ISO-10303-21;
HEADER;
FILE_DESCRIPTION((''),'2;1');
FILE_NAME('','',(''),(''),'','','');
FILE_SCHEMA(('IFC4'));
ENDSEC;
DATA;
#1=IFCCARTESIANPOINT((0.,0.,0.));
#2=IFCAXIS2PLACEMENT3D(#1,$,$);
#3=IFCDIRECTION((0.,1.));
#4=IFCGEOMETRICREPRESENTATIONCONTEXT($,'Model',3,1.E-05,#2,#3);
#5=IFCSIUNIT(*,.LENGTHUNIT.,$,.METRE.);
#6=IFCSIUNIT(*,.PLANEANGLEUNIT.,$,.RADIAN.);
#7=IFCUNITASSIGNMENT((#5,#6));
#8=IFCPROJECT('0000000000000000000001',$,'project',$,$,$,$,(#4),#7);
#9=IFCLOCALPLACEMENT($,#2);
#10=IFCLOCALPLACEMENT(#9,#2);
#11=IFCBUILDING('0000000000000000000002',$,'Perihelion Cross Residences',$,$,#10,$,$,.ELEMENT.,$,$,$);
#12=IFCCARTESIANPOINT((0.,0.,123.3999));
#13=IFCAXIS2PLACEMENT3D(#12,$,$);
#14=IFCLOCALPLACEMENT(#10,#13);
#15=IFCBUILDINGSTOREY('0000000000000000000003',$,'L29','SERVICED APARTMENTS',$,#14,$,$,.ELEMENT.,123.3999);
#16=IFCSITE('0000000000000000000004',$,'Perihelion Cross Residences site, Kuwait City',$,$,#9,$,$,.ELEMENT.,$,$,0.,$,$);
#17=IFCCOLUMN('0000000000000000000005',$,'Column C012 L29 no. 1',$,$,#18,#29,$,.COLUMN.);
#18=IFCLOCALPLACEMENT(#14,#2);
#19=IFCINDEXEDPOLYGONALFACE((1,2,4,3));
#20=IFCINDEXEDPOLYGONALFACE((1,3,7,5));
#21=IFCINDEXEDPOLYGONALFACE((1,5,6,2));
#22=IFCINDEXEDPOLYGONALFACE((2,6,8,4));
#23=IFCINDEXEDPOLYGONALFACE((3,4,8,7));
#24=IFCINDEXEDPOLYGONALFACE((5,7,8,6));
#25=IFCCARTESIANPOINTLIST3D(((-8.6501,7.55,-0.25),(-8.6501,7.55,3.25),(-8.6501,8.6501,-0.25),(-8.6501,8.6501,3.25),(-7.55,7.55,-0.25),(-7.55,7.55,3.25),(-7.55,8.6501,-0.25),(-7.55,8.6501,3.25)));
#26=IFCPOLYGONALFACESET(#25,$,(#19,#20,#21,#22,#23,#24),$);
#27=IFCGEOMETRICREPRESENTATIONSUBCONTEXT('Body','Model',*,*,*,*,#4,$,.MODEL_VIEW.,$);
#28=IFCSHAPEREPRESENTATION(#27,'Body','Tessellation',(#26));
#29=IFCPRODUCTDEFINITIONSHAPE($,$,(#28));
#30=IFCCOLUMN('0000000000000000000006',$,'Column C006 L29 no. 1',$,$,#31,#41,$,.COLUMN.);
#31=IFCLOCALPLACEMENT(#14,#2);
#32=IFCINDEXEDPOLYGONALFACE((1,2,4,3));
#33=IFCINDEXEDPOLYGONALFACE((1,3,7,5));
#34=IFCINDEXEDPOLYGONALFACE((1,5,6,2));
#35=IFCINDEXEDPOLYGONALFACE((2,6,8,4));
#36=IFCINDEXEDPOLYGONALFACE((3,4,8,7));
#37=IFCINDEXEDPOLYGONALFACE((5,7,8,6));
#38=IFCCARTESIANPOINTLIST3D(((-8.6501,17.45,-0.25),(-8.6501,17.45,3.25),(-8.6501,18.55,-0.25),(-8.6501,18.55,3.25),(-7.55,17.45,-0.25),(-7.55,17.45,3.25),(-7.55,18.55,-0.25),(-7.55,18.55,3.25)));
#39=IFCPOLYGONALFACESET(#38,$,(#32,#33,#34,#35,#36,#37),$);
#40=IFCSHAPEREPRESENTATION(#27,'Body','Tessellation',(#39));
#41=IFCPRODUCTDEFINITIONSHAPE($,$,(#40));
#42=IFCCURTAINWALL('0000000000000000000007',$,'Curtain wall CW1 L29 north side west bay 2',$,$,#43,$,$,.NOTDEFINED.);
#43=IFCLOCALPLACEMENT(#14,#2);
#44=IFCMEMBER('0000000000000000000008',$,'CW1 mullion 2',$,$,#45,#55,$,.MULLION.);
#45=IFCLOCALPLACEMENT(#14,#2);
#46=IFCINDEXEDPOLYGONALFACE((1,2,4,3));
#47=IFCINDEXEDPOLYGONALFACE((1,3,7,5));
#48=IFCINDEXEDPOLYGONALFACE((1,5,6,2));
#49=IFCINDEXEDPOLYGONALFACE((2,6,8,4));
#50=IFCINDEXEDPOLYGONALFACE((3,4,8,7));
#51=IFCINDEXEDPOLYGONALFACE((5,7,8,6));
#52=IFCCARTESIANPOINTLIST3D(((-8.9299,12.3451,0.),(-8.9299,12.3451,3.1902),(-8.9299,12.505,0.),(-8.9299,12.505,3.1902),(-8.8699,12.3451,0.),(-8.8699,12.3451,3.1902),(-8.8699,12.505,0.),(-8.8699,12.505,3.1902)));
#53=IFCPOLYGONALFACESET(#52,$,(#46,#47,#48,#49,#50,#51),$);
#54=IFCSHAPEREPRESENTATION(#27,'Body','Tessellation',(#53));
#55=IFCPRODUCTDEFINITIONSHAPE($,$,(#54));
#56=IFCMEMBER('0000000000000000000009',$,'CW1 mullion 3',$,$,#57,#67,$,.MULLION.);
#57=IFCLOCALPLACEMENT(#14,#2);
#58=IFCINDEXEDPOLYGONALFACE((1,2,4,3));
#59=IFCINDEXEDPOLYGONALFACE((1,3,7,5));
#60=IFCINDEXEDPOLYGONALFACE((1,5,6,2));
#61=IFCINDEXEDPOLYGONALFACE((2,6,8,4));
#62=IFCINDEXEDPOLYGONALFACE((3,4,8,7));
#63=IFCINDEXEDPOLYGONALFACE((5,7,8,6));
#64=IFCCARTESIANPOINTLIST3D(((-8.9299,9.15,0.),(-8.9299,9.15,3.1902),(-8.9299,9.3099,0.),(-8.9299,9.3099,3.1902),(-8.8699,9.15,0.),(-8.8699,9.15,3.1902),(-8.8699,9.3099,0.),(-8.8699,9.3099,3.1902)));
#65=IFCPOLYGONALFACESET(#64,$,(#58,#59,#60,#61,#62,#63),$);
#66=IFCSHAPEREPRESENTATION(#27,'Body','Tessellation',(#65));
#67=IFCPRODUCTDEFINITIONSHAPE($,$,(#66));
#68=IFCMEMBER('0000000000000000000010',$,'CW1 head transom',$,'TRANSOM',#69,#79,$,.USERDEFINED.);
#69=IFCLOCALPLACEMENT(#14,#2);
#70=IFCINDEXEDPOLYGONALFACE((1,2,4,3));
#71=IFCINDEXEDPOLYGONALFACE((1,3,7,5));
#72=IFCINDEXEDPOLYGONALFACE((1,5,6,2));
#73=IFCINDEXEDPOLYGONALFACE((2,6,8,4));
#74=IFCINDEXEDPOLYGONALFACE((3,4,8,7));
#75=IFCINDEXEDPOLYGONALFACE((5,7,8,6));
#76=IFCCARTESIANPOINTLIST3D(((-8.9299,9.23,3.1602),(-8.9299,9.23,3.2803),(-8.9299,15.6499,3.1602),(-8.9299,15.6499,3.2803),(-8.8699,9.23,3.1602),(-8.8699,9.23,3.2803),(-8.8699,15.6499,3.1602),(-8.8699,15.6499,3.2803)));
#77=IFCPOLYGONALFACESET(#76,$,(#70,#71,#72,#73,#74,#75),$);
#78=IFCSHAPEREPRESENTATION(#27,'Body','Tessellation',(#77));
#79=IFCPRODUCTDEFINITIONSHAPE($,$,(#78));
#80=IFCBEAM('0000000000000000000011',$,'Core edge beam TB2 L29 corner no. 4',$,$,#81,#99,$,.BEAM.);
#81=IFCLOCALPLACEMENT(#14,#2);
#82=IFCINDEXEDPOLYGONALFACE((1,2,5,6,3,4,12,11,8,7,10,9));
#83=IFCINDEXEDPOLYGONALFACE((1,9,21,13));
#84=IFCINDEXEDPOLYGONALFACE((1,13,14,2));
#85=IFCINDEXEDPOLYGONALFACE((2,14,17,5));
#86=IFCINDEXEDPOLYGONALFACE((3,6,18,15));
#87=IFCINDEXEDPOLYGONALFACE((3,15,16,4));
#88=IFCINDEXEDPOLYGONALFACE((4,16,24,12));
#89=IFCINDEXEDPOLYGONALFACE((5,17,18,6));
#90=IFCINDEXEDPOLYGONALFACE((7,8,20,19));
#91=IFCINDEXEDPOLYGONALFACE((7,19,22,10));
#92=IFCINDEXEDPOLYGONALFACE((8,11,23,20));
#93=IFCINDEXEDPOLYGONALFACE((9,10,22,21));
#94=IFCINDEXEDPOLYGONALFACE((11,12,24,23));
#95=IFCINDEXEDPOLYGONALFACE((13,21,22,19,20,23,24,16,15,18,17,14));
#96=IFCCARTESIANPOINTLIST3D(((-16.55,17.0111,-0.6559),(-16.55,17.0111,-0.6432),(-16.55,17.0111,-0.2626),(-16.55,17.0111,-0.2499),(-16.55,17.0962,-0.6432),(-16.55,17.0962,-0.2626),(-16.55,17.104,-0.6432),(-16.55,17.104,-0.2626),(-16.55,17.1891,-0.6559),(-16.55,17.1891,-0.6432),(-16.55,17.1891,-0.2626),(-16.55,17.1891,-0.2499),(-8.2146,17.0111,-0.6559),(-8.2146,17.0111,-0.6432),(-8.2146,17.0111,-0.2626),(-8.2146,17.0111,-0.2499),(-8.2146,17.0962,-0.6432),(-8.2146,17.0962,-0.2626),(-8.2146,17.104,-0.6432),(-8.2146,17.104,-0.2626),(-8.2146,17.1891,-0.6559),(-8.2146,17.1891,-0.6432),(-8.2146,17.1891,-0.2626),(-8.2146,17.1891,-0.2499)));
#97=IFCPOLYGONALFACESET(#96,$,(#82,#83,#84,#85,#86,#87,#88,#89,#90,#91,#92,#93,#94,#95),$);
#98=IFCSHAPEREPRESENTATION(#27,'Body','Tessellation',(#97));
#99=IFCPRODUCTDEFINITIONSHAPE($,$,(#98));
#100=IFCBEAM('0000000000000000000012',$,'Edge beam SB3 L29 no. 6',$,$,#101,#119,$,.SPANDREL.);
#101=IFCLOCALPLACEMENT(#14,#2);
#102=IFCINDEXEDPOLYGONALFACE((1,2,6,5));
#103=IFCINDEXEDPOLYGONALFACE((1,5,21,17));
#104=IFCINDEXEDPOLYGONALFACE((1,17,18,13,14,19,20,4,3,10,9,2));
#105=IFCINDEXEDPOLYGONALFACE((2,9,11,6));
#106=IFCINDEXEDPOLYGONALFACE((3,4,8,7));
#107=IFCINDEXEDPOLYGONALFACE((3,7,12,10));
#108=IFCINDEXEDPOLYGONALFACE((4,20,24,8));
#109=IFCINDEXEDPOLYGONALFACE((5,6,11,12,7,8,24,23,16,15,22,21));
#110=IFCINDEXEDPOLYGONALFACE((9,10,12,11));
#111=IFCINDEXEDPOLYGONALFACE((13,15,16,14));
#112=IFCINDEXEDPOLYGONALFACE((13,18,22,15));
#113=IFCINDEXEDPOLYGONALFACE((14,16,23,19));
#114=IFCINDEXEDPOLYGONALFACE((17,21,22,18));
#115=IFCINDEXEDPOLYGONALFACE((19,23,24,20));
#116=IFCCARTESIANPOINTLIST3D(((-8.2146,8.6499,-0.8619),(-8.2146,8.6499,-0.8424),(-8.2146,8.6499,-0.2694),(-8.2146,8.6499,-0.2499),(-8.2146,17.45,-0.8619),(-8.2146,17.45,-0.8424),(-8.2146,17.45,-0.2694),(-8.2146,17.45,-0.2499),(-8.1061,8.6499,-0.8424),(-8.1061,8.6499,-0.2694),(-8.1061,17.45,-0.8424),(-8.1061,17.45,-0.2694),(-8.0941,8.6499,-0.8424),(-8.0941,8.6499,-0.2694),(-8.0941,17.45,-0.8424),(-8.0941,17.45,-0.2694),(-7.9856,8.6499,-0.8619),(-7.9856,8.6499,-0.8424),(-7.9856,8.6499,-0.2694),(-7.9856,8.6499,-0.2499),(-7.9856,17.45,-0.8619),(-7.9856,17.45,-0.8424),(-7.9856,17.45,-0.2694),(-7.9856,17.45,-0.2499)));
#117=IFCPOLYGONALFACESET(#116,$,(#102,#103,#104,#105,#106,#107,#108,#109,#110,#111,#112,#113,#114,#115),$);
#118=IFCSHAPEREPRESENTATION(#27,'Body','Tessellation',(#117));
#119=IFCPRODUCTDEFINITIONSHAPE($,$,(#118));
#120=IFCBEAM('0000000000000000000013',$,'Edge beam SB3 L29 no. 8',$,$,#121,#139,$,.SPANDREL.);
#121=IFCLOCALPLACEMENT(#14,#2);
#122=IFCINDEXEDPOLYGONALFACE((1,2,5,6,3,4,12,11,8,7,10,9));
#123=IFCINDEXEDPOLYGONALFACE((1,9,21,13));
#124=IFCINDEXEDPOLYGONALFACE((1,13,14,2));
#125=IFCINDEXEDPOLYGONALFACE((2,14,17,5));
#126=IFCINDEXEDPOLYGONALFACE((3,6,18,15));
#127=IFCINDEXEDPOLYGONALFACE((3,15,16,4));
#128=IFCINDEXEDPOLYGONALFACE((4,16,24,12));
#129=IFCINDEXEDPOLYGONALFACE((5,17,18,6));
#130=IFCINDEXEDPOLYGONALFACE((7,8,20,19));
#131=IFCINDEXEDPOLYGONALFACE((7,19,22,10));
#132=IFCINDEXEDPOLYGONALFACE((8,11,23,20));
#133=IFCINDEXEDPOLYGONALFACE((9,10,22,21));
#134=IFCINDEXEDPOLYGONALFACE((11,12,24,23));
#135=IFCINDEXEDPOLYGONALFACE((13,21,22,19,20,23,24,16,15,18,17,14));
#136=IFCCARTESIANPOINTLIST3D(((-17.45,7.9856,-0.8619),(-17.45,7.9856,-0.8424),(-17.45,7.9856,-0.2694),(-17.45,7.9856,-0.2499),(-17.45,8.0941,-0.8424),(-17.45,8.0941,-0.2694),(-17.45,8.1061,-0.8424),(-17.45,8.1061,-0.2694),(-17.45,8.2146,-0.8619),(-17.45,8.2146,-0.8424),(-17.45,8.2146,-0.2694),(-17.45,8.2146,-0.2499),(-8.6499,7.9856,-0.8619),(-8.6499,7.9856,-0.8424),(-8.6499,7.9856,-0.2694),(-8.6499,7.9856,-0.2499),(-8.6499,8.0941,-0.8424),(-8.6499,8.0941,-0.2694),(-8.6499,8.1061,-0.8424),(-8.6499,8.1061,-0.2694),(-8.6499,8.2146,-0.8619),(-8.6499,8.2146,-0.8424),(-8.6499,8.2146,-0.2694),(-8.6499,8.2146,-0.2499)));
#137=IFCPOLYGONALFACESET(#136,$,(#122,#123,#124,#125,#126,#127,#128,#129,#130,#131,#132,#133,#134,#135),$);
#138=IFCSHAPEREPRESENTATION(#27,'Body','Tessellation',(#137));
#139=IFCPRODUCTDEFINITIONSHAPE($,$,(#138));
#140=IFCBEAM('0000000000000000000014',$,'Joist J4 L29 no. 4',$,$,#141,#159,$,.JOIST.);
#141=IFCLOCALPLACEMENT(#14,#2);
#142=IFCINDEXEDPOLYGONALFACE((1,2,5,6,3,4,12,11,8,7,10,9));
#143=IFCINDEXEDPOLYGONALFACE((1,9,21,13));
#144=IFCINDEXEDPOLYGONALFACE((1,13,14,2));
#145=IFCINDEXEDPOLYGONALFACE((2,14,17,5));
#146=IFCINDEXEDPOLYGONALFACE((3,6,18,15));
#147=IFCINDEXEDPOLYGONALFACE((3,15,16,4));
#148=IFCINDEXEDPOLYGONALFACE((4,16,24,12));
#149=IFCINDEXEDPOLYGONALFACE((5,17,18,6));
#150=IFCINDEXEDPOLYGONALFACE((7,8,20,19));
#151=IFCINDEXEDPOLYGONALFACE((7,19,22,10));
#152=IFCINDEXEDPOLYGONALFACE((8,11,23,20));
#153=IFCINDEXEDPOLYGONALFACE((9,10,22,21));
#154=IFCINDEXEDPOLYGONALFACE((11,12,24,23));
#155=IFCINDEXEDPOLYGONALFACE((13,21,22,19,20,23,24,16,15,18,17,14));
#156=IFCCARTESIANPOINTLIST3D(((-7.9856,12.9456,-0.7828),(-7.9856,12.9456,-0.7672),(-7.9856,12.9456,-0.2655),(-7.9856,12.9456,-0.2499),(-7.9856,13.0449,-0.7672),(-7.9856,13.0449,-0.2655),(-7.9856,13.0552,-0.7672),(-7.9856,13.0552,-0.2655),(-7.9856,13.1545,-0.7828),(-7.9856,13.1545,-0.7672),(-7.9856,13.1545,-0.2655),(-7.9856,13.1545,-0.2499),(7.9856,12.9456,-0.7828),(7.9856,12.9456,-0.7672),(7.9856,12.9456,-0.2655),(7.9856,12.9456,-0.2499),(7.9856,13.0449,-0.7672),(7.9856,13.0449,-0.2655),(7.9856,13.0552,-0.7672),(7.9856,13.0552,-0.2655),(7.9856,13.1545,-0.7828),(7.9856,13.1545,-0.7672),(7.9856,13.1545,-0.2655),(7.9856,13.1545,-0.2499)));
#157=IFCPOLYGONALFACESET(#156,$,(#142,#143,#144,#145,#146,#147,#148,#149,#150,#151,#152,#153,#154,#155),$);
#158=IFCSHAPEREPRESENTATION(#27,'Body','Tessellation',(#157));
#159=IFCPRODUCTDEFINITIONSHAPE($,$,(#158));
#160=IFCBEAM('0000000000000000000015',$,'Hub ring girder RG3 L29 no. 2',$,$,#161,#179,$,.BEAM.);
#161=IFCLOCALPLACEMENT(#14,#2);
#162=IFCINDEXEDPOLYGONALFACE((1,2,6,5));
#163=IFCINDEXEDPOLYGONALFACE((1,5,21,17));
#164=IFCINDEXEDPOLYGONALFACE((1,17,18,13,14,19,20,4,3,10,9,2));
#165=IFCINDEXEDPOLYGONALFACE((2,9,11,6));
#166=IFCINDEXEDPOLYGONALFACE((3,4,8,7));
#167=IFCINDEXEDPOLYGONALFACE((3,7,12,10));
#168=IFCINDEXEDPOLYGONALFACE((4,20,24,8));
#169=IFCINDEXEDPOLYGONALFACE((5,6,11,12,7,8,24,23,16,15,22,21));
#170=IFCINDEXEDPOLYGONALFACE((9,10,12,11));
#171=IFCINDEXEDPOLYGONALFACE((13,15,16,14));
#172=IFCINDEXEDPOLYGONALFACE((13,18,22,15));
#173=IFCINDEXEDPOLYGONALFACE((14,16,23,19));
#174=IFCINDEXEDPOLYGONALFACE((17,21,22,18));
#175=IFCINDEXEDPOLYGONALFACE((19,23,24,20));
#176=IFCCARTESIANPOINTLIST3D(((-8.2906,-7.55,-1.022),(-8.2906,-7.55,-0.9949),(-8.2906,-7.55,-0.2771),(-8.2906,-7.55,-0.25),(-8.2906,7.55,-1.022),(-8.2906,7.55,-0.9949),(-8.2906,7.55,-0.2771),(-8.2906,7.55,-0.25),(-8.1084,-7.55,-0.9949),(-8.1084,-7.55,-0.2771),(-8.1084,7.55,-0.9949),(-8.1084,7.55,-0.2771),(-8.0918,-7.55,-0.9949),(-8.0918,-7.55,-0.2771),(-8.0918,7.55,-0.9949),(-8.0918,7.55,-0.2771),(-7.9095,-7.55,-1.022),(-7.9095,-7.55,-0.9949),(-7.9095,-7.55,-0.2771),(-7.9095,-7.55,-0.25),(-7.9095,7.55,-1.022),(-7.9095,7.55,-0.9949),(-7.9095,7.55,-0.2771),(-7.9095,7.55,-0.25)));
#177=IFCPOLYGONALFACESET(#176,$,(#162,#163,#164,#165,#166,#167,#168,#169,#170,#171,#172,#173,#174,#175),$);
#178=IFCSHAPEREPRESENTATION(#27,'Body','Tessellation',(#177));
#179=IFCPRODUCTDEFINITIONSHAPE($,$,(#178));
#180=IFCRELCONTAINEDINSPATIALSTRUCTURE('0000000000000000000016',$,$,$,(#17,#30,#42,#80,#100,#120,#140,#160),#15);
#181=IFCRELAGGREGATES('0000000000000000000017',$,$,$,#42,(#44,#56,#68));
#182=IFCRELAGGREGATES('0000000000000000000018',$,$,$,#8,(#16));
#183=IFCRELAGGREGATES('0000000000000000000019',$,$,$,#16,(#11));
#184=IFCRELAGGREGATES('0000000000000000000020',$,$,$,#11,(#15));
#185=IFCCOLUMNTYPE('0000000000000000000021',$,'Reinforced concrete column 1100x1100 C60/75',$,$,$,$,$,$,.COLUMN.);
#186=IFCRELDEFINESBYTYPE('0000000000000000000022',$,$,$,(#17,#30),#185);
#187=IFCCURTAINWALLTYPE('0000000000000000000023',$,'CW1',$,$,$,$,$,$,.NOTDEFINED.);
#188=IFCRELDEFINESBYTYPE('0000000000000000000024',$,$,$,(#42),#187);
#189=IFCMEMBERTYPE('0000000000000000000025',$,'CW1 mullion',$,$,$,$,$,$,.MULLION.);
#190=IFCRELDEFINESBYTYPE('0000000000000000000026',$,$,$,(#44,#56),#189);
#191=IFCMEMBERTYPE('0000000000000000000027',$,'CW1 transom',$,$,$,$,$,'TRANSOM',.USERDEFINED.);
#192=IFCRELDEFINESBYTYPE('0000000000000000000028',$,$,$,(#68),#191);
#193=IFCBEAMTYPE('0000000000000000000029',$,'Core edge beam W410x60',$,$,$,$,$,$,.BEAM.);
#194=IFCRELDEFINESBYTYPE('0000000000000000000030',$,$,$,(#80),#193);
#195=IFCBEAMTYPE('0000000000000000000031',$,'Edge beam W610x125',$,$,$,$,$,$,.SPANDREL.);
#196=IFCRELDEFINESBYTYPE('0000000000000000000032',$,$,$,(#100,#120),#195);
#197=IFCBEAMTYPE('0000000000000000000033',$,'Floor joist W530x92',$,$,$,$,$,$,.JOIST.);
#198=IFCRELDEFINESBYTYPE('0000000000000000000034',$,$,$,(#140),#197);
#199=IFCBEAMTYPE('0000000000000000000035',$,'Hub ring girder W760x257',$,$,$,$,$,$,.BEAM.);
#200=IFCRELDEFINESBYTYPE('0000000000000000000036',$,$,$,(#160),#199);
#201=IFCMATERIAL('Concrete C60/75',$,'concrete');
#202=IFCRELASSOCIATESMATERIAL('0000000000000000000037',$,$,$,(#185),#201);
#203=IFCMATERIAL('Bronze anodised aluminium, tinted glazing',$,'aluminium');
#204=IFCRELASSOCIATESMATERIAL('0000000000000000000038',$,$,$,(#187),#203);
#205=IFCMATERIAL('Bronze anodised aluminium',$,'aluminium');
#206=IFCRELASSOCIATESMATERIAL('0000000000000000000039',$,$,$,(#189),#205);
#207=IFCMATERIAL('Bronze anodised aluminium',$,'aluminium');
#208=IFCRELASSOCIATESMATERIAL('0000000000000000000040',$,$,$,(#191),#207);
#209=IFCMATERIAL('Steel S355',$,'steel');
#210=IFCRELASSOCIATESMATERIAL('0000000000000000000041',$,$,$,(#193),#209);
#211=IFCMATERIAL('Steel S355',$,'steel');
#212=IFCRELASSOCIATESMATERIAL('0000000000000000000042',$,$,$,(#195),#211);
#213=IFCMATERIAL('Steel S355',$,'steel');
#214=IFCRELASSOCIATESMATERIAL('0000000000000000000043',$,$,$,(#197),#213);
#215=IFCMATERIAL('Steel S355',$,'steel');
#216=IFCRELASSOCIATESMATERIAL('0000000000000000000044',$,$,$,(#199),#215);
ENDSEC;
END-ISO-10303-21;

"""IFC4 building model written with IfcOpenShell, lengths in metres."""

from ifc_helpers import new_model, si_unit, direction, frame, origin, origin_2d, place, context, subcontext, project, spatial, rectangle, i_section, extrude, material, material_profile, profile_set, type_object, element, aggregate, save


model = new_model("IFC4")

# Units and contexts
model_context = context("Model", 3, precision=1e-05, world=origin(), true_north=direction((0.0, 1.0)))
body_context = subcontext(model_context, "Body", "Model", "MODEL_VIEW")
ifc_project = project(units=[si_unit("LENGTHUNIT", "METRE"), si_unit("PLANEANGLEUNIT", "RADIAN")], contexts=[model_context])

# Site, building, storey
site_placement = place(None, origin())
site = spatial("IfcSite", under=ifc_project, at=site_placement, Name="Perihelion Cross Residences site, Kuwait City", CompositionType="ELEMENT", RefElevation=0.0)
building_placement = place(site_placement, origin())
building = spatial("IfcBuilding", under=site, at=building_placement, Name="Perihelion Cross Residences", CompositionType="ELEMENT")
storey_placement = place(building_placement, frame((0.0, 0.0, 123.3999)))
storey = spatial("IfcBuildingStorey", under=building, at=storey_placement, Name="L29", Description="SERVICED APARTMENTS", CompositionType="ELEMENT", Elevation=123.3999)

# Columns
ifc_material_1 = material(Name="Concrete C60/75", Category="concrete")
ifc_material_profile_1 = material_profile(ifc_material_1, rectangle(XDim=1.1001, YDim=1.1001, at=origin_2d()), Name="RC 1100x1100")
ifc_profile_set_1 = profile_set([ifc_material_profile_1], Name="Concrete C60/75")
column_type = type_object("IfcColumnType", Name="Reinforced concrete column 1100x1100 C60/75", PredefinedType="COLUMN", material=ifc_profile_set_1)
for number, where, z_axis, x_axis, name in (
    (1, (-8.1001, 8.1001, -0.25), (0.0, 0.0, 1.0), (1.0, 0.0, 0.0), "Column C012 L29 no. 1"),
    (2, (-8.1001, 18.0, -0.25), (0.0, 0.0, 1.0), (1.0, 0.0, 0.0), "Column C006 L29 no. 1"),
):
    element("IfcColumn", number, at=place(storey_placement, frame(where, z_axis=z_axis, x_axis=x_axis)), inside=storey, type_object=column_type, Name=name, PredefinedType="COLUMN", context=body_context, shape_type="SweptSolid", body=[
        extrude(rectangle(XDim=1.1001, YDim=1.1001, at=origin_2d()), origin(), (0.0, 0.0, 1.0), 3.5),
    ])

# Curtain wall, members
ifc_material_2 = material(Name="Bronze anodised aluminium, tinted glazing", Category="aluminium")
curtain_wall_type = type_object("IfcCurtainWallType", Name="CW1", PredefinedType="NOTDEFINED", material=ifc_material_2)
curtain_wall_placement = place(storey_placement, origin())
curtain_wall = element("IfcCurtainWall", 3, at=curtain_wall_placement, inside=storey, type_object=curtain_wall_type, Name="Curtain wall CW1 L29 north side west bay 2", PredefinedType="NOTDEFINED")
ifc_material_3 = material(Name="Bronze anodised aluminium", Category="aluminium")
ifc_material_profile_2 = material_profile(ifc_material_3, rectangle(XDim=0.0601, YDim=0.1599, at=origin_2d()), Name="CW1 mullion")
ifc_profile_set_2 = profile_set([ifc_material_profile_2], Name="Bronze anodised aluminium")
member_type_1 = type_object("IfcMemberType", Name="CW1 mullion", PredefinedType="MULLION", material=ifc_profile_set_2)
member_1_placement = place(storey_placement, frame((-8.8999, 12.425, 0.0), z_axis=(0.0, 0.0, 1.0), x_axis=(1.0, 0.0, 0.0)))
member_1 = element("IfcMember", 4, at=member_1_placement, type_object=member_type_1, Name="CW1 mullion 2", PredefinedType="MULLION", context=body_context, shape_type="SweptSolid", body=[
    extrude(rectangle(XDim=0.0601, YDim=0.1599, at=origin_2d()), origin(), (0.0, 0.0, 1.0), 3.1902),
])
member_2_placement = place(storey_placement, frame((-8.8999, 9.23, 0.0), z_axis=(0.0, 0.0, 1.0), x_axis=(1.0, 0.0, 0.0)))
member_2 = element("IfcMember", 5, at=member_2_placement, type_object=member_type_1, Name="CW1 mullion 3", PredefinedType="MULLION", context=body_context, shape_type="SweptSolid", body=[
    extrude(rectangle(XDim=0.0601, YDim=0.1599, at=origin_2d()), origin(), (0.0, 0.0, 1.0), 3.1902),
])
ifc_material_4 = material(Name="Bronze anodised aluminium", Category="aluminium")
ifc_material_profile_3 = material_profile(ifc_material_4, rectangle(XDim=0.0601, YDim=0.1201, at=origin_2d()), Name="CW1 transom")
ifc_profile_set_3 = profile_set([ifc_material_profile_3], Name="Bronze anodised aluminium")
member_type_2 = type_object("IfcMemberType", Name="CW1 transom", ElementType="TRANSOM", PredefinedType="USERDEFINED", material=ifc_profile_set_3)
member_3_placement = place(storey_placement, frame((-8.8999, 15.6499, 3.2202), z_axis=(0.0, -1.0, 0.0), x_axis=(1.0, 0.0, 0.0)))
member_3 = element("IfcMember", 6, at=member_3_placement, type_object=member_type_2, Name="CW1 head transom", ObjectType="TRANSOM", PredefinedType="USERDEFINED", context=body_context, shape_type="SweptSolid", body=[
    extrude(rectangle(XDim=0.0601, YDim=0.1201, at=origin_2d()), origin(), (0.0, 0.0, 1.0), 6.4199),
])

# Beams
ifc_material_5 = material(Name="Steel S355", Category="steel")
ifc_material_profile_4 = material_profile(ifc_material_5, i_section(OverallWidth=0.178, OverallDepth=0.406, WebThickness=0.0078, FlangeThickness=0.0127, at=origin_2d()), Name="W410x60")
ifc_profile_set_4 = profile_set([ifc_material_profile_4], Name="Steel S355")
beam_type_1 = type_object("IfcBeamType", Name="Core edge beam W410x60", PredefinedType="BEAM", material=ifc_profile_set_4)
beam_1_placement = place(storey_placement, frame((-8.2146, 17.1001, -0.4529), z_axis=(-1.0, 0.0, 0.0), x_axis=(0.0, -1.0, 0.0)))
element("IfcBeam", 7, at=beam_1_placement, inside=storey, type_object=beam_type_1, Name="Core edge beam TB2 L29 corner no. 4", PredefinedType="BEAM", context=body_context, shape_type="SweptSolid", body=[
    extrude(i_section(OverallWidth=0.178, OverallDepth=0.406, WebThickness=0.0078, FlangeThickness=0.0127, at=origin_2d()), origin(), (0.0, 0.0, 1.0), 8.3354),
])
ifc_material_6 = material(Name="Steel S355", Category="steel")
ifc_material_profile_5 = material_profile(ifc_material_6, i_section(OverallWidth=0.229, OverallDepth=0.6121, WebThickness=0.012, FlangeThickness=0.0195, at=origin_2d()), Name="W610x125")
ifc_profile_set_5 = profile_set([ifc_material_profile_5], Name="Steel S355")
beam_type_2 = type_object("IfcBeamType", Name="Edge beam W610x125", PredefinedType="SPANDREL", material=ifc_profile_set_5)
for number, where, z_axis, x_axis, name in (
    (8, (-8.1001, 17.45, -0.5559), (0.0, -1.0, 0.0), (1.0, 0.0, 0.0), "Edge beam SB3 L29 no. 6"),
    (9, (-8.6499, 8.1001, -0.5559), (-1.0, 0.0, 0.0), (0.0, -1.0, 0.0), "Edge beam SB3 L29 no. 8"),
):
    element("IfcBeam", number, at=place(storey_placement, frame(where, z_axis=z_axis, x_axis=x_axis)), inside=storey, type_object=beam_type_2, Name=name, PredefinedType="SPANDREL", context=body_context, shape_type="SweptSolid", body=[
        extrude(i_section(OverallWidth=0.229, OverallDepth=0.6121, WebThickness=0.012, FlangeThickness=0.0195, at=origin_2d()), origin(), (0.0, 0.0, 1.0), 8.8),
    ])
ifc_material_7 = material(Name="Steel S355", Category="steel")
ifc_material_profile_6 = material_profile(ifc_material_7, i_section(OverallWidth=0.209, OverallDepth=0.533, WebThickness=0.0103, FlangeThickness=0.0156, at=origin_2d()), Name="W530x92")
ifc_profile_set_6 = profile_set([ifc_material_profile_6], Name="Steel S355")
beam_type_3 = type_object("IfcBeamType", Name="Floor joist W530x92", PredefinedType="JOIST", material=ifc_profile_set_6)
beam_2_placement = place(storey_placement, frame((-7.9856, 13.05, -0.5164), z_axis=(1.0, 0.0, 0.0), x_axis=(0.0, 1.0, 0.0)))
element("IfcBeam", 10, at=beam_2_placement, inside=storey, type_object=beam_type_3, Name="Joist J4 L29 no. 4", PredefinedType="JOIST", context=body_context, shape_type="SweptSolid", body=[
    extrude(i_section(OverallWidth=0.209, OverallDepth=0.533, WebThickness=0.0103, FlangeThickness=0.0156, at=origin_2d()), origin(), (0.0, 0.0, 1.0), 15.9712),
])
ifc_material_8 = material(Name="Steel S355", Category="steel")
ifc_material_profile_7 = material_profile(ifc_material_8, i_section(OverallWidth=0.3811, OverallDepth=0.772, WebThickness=0.0166, FlangeThickness=0.0271, at=origin_2d()), Name="W760x257")
ifc_profile_set_7 = profile_set([ifc_material_profile_7], Name="Steel S355")
beam_type_4 = type_object("IfcBeamType", Name="Hub ring girder W760x257", PredefinedType="BEAM", material=ifc_profile_set_7)
beam_3_placement = place(storey_placement, frame((-8.1001, 7.55, -0.636), z_axis=(0.0, -1.0, 0.0), x_axis=(1.0, 0.0, 0.0)))
element("IfcBeam", 11, at=beam_3_placement, inside=storey, type_object=beam_type_4, Name="Hub ring girder RG3 L29 no. 2", PredefinedType="BEAM", context=body_context, shape_type="SweptSolid", body=[
    extrude(i_section(OverallWidth=0.3811, OverallDepth=0.772, WebThickness=0.0166, FlangeThickness=0.0271, at=origin_2d()), origin(), (0.0, 0.0, 1.0), 15.1001),
])

aggregate(curtain_wall, [member_1, member_2, member_3])

save(model, "model.ifc")
